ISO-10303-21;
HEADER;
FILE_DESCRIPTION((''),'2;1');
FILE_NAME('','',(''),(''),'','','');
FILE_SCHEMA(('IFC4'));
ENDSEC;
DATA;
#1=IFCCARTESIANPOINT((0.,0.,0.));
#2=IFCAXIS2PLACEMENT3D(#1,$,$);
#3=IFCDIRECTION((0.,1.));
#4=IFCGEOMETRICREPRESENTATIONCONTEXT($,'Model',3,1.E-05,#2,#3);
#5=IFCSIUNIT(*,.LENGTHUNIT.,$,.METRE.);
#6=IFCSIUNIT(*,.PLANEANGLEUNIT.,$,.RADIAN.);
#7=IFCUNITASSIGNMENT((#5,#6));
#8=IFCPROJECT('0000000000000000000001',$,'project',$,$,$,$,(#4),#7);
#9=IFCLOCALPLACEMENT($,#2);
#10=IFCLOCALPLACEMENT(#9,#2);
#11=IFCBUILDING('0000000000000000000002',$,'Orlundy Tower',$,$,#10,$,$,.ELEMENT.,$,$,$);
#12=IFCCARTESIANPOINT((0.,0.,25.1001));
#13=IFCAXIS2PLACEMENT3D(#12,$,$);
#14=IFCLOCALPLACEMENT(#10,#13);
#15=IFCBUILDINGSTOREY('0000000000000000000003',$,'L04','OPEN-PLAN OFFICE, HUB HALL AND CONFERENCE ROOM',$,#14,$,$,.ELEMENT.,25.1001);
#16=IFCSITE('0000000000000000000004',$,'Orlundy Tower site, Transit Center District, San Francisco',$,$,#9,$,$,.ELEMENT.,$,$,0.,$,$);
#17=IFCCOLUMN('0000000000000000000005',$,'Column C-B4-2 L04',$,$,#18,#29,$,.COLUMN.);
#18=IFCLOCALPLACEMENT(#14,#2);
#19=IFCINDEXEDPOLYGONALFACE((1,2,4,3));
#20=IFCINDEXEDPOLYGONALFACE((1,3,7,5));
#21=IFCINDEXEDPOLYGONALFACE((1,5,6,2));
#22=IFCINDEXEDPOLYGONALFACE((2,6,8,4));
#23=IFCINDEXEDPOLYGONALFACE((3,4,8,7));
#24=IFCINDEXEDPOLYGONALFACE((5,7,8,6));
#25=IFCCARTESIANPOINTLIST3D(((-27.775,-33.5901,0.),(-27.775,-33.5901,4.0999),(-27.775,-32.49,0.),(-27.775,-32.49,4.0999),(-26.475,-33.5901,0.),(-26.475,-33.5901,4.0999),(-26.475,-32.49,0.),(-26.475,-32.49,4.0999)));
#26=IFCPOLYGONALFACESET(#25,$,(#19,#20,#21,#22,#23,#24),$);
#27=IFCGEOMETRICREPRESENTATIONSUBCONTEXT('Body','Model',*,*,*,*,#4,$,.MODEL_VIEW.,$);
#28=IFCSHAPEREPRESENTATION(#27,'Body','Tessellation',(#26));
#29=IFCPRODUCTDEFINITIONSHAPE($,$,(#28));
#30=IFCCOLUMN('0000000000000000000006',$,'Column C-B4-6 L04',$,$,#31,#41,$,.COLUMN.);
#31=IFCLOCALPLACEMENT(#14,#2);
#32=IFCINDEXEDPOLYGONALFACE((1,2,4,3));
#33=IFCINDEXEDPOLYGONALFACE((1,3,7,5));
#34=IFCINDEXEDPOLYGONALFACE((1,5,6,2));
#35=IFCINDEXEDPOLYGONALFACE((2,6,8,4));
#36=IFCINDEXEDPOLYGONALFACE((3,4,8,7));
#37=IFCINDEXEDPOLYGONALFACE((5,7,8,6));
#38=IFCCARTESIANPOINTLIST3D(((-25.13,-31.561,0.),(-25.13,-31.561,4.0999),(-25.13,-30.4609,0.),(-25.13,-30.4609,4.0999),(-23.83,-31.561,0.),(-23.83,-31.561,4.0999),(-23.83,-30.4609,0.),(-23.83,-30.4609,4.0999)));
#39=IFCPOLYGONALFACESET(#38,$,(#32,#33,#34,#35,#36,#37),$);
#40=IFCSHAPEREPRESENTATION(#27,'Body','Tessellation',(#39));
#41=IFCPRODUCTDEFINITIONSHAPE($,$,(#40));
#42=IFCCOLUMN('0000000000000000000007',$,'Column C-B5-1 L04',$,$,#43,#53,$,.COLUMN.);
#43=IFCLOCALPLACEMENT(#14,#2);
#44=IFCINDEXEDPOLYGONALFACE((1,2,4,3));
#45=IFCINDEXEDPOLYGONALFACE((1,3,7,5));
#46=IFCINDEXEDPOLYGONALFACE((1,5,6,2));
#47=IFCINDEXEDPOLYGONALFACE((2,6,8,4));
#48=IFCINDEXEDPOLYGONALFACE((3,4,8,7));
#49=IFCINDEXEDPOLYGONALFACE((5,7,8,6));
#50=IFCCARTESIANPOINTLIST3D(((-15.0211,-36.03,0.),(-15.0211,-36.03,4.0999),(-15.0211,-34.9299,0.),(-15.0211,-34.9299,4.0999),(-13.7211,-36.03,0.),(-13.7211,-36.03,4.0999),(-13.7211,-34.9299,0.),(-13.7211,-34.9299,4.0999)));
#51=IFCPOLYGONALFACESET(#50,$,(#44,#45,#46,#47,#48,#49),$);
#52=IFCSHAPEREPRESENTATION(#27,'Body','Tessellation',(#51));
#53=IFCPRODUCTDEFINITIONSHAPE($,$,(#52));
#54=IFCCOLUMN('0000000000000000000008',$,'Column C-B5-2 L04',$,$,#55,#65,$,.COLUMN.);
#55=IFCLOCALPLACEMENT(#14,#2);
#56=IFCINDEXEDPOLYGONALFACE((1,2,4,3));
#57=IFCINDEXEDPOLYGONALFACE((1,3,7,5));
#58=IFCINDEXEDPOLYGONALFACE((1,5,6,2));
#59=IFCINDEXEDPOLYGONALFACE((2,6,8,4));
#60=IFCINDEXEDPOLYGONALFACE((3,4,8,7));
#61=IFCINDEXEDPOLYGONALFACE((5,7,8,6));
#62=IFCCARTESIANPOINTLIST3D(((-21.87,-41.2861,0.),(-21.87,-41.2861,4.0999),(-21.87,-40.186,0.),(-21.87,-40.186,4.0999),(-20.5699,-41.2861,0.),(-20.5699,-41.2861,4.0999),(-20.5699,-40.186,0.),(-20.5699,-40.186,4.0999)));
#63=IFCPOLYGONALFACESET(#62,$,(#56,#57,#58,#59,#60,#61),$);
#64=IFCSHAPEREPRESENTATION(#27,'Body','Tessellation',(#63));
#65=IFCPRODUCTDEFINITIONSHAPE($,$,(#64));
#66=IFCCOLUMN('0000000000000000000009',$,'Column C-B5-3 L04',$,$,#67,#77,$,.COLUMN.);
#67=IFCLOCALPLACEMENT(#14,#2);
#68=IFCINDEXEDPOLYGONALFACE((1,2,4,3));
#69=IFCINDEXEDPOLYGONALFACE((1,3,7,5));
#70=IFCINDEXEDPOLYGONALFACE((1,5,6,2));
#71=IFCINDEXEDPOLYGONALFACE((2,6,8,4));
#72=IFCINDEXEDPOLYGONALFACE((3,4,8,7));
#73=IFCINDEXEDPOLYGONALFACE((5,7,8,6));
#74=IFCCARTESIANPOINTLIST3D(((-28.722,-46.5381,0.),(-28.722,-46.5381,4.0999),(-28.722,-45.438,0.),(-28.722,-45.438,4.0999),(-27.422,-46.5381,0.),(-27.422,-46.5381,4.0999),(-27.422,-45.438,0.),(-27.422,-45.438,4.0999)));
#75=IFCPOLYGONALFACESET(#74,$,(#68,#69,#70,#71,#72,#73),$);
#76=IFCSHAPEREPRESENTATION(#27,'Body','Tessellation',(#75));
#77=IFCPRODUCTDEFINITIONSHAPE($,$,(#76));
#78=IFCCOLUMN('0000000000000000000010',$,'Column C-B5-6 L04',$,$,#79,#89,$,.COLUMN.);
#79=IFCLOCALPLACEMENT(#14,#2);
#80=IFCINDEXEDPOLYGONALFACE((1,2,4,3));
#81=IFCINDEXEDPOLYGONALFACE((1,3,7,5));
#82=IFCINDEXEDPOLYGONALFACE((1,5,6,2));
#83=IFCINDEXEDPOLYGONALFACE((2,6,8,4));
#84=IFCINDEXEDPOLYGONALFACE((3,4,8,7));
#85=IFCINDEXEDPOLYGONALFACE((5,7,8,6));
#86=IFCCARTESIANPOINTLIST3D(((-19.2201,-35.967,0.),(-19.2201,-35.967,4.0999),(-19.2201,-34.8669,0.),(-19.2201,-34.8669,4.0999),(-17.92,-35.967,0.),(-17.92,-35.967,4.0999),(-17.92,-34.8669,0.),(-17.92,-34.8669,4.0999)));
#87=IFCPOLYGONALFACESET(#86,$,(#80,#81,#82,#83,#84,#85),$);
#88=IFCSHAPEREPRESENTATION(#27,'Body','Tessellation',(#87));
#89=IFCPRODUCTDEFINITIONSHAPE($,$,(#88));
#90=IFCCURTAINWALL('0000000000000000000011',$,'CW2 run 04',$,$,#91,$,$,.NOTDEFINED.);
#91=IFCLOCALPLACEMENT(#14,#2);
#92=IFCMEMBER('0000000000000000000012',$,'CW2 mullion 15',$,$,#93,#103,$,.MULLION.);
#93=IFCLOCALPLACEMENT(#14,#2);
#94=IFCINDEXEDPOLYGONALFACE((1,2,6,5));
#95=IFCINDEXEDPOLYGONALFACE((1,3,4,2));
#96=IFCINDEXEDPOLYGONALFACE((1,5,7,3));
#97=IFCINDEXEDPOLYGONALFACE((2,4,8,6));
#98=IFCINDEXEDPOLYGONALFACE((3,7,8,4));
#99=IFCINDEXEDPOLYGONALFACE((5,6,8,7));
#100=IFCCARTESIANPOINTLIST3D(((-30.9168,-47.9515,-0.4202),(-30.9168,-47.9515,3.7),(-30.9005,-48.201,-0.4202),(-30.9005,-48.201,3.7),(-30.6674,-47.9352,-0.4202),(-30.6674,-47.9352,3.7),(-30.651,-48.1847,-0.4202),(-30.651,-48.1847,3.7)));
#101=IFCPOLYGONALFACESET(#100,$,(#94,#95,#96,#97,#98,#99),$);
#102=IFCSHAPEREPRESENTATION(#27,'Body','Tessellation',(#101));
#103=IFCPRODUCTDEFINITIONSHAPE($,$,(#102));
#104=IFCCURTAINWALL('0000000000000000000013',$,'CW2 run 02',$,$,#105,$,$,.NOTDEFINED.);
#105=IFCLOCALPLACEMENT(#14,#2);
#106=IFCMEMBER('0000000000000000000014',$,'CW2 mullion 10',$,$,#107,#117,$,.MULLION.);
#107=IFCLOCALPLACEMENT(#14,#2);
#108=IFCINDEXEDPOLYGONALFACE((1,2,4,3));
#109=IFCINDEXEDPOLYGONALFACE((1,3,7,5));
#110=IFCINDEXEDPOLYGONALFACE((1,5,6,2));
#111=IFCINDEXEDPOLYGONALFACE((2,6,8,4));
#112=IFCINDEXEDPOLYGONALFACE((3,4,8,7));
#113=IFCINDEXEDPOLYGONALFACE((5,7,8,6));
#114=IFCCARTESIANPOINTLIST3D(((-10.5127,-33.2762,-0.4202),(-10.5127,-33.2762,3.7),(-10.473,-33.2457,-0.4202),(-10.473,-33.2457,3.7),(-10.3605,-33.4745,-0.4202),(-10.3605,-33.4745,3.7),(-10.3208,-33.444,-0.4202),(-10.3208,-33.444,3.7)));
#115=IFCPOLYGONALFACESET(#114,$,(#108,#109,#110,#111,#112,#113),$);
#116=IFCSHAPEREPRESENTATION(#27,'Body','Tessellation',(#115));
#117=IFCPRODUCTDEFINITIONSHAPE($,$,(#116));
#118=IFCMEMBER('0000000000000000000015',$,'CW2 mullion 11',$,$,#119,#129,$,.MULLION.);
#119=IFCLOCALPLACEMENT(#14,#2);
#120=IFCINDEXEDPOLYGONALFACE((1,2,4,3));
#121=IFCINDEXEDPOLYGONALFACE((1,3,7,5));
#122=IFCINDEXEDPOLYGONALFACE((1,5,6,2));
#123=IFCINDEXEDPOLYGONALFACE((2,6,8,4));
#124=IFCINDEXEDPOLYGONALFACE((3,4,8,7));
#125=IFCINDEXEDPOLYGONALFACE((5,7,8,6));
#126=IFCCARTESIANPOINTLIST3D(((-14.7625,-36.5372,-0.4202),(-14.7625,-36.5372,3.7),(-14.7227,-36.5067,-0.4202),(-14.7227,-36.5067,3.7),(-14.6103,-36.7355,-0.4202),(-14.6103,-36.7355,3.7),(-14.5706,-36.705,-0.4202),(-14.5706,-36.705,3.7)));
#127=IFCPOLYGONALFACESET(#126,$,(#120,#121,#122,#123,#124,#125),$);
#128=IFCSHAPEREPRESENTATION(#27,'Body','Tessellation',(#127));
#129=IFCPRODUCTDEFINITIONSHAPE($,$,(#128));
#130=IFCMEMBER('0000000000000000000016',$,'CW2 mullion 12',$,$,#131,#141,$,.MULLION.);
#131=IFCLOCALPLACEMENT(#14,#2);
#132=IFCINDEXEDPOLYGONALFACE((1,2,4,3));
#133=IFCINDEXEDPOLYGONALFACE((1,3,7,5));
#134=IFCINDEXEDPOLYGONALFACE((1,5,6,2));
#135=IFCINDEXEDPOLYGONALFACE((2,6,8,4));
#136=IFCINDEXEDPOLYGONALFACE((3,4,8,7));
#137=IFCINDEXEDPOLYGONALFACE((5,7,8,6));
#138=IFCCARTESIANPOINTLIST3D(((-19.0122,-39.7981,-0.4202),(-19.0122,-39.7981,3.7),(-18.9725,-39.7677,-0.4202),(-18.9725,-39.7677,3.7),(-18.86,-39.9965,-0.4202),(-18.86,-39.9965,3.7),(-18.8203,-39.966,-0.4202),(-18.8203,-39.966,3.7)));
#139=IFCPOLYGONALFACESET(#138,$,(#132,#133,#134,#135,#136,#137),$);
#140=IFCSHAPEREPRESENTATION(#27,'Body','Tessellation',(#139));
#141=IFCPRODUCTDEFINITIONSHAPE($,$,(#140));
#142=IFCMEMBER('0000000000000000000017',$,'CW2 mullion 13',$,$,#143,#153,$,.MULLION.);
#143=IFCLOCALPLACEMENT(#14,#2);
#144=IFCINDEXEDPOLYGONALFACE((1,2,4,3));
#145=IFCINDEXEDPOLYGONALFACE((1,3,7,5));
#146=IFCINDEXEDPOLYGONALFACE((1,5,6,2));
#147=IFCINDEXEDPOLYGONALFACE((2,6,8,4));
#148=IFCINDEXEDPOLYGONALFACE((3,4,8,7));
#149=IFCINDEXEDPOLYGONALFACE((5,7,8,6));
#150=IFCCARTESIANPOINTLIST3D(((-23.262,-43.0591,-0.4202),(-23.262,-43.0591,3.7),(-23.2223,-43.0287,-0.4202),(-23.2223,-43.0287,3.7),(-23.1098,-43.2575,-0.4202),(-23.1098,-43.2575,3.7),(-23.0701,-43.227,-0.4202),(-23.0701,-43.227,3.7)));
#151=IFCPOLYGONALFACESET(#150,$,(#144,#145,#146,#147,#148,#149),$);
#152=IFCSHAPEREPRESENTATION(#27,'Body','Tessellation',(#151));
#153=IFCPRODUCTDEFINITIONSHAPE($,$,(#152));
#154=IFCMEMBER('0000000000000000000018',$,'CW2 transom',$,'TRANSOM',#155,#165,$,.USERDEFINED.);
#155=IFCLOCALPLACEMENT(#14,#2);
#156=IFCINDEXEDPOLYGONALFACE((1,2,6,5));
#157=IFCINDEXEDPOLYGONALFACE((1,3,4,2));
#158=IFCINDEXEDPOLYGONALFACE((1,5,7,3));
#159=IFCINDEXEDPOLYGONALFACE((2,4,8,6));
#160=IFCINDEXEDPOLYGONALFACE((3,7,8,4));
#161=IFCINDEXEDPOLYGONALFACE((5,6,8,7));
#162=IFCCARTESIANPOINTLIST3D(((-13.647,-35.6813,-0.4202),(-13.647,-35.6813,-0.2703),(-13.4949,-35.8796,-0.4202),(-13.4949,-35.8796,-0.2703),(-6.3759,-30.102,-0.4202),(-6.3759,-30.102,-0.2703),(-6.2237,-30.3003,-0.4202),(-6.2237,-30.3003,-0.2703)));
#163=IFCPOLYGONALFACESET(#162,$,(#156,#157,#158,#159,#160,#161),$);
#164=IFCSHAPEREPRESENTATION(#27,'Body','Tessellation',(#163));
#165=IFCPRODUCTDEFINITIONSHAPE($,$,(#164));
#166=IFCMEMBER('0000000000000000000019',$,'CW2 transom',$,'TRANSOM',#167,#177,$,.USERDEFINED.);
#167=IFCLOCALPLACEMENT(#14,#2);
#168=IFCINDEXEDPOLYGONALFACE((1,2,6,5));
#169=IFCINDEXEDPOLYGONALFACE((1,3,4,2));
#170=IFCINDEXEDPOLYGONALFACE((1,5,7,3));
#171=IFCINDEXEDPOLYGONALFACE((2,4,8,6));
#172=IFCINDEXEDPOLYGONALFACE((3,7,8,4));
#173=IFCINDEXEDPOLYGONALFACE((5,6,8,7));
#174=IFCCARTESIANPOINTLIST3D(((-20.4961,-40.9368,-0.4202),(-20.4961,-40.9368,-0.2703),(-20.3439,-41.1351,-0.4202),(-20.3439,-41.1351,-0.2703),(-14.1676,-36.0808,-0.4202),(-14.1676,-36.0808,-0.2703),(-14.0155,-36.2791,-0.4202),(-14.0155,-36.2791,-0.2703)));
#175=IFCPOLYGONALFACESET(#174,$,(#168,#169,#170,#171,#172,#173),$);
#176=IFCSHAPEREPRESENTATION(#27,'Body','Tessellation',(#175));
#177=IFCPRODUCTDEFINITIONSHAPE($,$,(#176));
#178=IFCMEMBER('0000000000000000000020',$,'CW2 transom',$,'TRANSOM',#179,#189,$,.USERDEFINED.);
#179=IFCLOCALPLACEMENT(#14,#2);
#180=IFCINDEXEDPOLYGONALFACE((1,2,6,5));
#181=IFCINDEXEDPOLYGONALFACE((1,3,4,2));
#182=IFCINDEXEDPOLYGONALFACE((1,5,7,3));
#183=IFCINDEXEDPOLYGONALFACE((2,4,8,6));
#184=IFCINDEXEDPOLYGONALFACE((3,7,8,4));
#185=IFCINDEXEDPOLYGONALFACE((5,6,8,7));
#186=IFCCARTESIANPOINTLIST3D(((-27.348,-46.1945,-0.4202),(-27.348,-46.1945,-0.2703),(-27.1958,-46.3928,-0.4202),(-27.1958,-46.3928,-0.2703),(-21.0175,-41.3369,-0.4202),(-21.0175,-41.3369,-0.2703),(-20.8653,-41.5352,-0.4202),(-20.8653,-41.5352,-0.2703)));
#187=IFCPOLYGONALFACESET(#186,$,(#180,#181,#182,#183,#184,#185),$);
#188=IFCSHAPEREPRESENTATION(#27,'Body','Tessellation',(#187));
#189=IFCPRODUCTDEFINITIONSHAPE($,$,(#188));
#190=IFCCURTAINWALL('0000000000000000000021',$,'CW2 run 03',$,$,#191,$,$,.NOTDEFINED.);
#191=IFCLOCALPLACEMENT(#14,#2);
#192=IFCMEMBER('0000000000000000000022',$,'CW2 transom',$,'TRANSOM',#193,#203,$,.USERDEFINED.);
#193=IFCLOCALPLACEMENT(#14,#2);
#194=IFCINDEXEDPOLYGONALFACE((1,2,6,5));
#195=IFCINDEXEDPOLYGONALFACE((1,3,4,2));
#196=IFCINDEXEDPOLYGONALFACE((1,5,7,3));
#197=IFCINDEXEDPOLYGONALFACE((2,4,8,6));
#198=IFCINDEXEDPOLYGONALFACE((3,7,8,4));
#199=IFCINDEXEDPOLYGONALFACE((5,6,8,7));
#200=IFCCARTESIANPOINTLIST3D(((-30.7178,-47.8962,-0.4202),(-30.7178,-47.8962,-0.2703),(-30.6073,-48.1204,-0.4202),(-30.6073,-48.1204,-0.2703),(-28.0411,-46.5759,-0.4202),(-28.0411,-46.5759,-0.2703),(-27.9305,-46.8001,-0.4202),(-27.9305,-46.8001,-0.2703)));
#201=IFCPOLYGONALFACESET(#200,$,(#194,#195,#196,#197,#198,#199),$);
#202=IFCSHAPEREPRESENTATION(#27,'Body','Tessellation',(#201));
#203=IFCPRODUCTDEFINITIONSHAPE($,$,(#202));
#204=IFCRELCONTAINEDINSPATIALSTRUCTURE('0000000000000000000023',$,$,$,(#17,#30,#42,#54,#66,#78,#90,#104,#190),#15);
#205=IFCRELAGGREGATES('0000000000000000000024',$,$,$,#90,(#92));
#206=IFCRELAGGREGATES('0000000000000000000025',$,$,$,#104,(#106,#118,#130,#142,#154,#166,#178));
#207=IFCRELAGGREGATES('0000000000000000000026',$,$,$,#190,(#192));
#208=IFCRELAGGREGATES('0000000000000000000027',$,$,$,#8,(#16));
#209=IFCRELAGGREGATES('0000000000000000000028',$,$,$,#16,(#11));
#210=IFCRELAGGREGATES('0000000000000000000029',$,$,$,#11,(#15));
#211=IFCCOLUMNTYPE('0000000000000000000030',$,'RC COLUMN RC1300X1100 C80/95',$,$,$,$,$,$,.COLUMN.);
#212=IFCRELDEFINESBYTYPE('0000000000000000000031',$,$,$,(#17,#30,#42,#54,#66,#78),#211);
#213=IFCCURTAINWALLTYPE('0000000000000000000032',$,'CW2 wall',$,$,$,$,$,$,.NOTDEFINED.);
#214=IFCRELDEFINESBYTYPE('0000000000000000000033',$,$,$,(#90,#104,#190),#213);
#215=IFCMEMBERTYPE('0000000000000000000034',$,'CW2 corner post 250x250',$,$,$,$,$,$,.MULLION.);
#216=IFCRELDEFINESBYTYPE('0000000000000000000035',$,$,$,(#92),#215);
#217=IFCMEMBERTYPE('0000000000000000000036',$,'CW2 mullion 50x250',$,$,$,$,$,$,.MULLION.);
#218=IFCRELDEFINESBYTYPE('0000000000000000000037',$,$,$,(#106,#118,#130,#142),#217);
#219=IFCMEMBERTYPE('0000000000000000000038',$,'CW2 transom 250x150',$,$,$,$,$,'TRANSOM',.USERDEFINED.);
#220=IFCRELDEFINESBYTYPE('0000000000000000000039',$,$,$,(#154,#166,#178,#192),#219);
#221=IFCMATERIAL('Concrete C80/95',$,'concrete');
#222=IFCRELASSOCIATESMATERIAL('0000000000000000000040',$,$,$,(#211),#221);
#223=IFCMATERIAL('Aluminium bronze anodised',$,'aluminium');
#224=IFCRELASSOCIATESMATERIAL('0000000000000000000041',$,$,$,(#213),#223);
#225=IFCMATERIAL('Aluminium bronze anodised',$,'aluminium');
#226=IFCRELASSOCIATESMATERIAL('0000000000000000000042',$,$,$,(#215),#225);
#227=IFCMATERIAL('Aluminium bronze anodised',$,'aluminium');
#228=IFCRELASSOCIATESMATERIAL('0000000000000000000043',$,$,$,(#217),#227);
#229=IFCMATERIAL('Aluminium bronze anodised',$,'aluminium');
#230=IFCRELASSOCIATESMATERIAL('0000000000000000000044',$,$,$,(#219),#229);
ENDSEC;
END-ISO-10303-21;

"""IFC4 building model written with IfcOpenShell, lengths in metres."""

from ifc_helpers import new_model, si_unit, direction, frame, origin, origin_2d, place, context, subcontext, project, spatial, rectangle, extrude, material, material_profile, profile_set, type_object, element, aggregate, save


model = new_model("IFC4")

# Units and contexts
model_context = context("Model", 3, precision=1e-05, world=origin(), true_north=direction((0.0, 1.0)))
body_context = subcontext(model_context, "Body", "Model", "MODEL_VIEW")
ifc_project = project(units=[si_unit("LENGTHUNIT", "METRE"), si_unit("PLANEANGLEUNIT", "RADIAN")], contexts=[model_context])

# Site, building, storey
site_placement = place(None, origin())
site = spatial("IfcSite", under=ifc_project, at=site_placement, Name="Orlundy Tower site, Transit Center District, San Francisco", CompositionType="ELEMENT", RefElevation=0.0)
building_placement = place(site_placement, origin())
building = spatial("IfcBuilding", under=site, at=building_placement, Name="Orlundy Tower", CompositionType="ELEMENT")
storey_placement = place(building_placement, frame((0.0, 0.0, 25.1001)))
storey = spatial("IfcBuildingStorey", under=building, at=storey_placement, Name="L04", Description="OPEN-PLAN OFFICE, HUB HALL AND CONFERENCE ROOM", CompositionType="ELEMENT", Elevation=25.1001)

# Columns
ifc_material_1 = material(Name="Concrete C80/95", Category="concrete")
ifc_material_profile_1 = material_profile(ifc_material_1, rectangle(XDim=1.3, YDim=1.1001, at=origin_2d()), Name="RC1300X1100")
ifc_profile_set_1 = profile_set([ifc_material_profile_1], Name="Concrete C80/95")
column_type = type_object("IfcColumnType", Name="RC COLUMN RC1300X1100 C80/95", PredefinedType="COLUMN", material=ifc_profile_set_1)
for number, where, z_axis, x_axis, name in (
    (1, (-27.125, -33.04, 0.0), (0.0, 0.0, 1.0), (1.0, 0.0, 0.0), "Column C-B4-2 L04"),
    (2, (-24.48, -31.011, 0.0), (0.0, 0.0, 1.0), (1.0, 0.0, 0.0), "Column C-B4-6 L04"),
    (3, (-14.3711, -35.48, 0.0), (0.0, 0.0, 1.0), (1.0, 0.0, 0.0), "Column C-B5-1 L04"),
    (4, (-21.22, -40.7361, 0.0), (0.0, 0.0, 1.0), (1.0, 0.0, 0.0), "Column C-B5-2 L04"),
    (5, (-28.072, -45.988, 0.0), (0.0, 0.0, 1.0), (1.0, 0.0, 0.0), "Column C-B5-3 L04"),
    (6, (-18.5701, -35.417, 0.0), (0.0, 0.0, 1.0), (1.0, 0.0, 0.0), "Column C-B5-6 L04"),
):
    element("IfcColumn", number, at=place(storey_placement, frame(where, z_axis=z_axis, x_axis=x_axis)), inside=storey, type_object=column_type, Name=name, PredefinedType="COLUMN", context=body_context, shape_type="SweptSolid", body=[
        extrude(rectangle(XDim=1.3, YDim=1.1001, at=origin_2d()), origin(), (0.0, 0.0, 1.0), 4.0999),
    ])

# Curtain wall, member
ifc_material_2 = material(Name="Aluminium bronze anodised", Category="aluminium")
curtain_wall_type = type_object("IfcCurtainWallType", Name="CW2 wall", PredefinedType="NOTDEFINED", material=ifc_material_2)
curtain_wall_1_placement = place(storey_placement, origin())
curtain_wall_1 = element("IfcCurtainWall", 7, at=curtain_wall_1_placement, inside=storey, type_object=curtain_wall_type, Name="CW2 run 04", PredefinedType="NOTDEFINED")
ifc_material_3 = material(Name="Aluminium bronze anodised", Category="aluminium")
ifc_material_profile_2 = material_profile(ifc_material_3, rectangle(XDim=0.25, YDim=0.25, at=origin_2d()), Name="CW2 corner post 250x250")
ifc_profile_set_2 = profile_set([ifc_material_profile_2], Name="Aluminium bronze anodised")
member_type_1 = type_object("IfcMemberType", Name="CW2 corner post 250x250", PredefinedType="MULLION", material=ifc_profile_set_2)
member_1_placement = place(storey_placement, frame((-30.7839, -48.0681, -0.4202), z_axis=(0.0, 0.0, 1.0), x_axis=(0.065284, -0.997867, 0.0)))
member_1 = element("IfcMember", 8, at=member_1_placement, type_object=member_type_1, Name="CW2 mullion 15", PredefinedType="MULLION", context=body_context, shape_type="SweptSolid", body=[
    extrude(rectangle(XDim=0.25, YDim=0.25, at=origin_2d()), origin(), (0.0, 0.0, 1.0), 4.1201),
])

# Curtain wall, members
curtain_wall_2_placement = place(storey_placement, origin())
curtain_wall_2 = element("IfcCurtainWall", 9, at=curtain_wall_2_placement, inside=storey, type_object=curtain_wall_type, Name="CW2 run 02", PredefinedType="NOTDEFINED")
ifc_material_4 = material(Name="Aluminium bronze anodised", Category="aluminium")
ifc_material_profile_3 = material_profile(ifc_material_4, rectangle(XDim=0.25, YDim=0.05, at=origin_2d()), Name="CW2 mullion 50x250")
ifc_profile_set_3 = profile_set([ifc_material_profile_3], Name="Aluminium bronze anodised")
member_type_2 = type_object("IfcMemberType", Name="CW2 mullion 50x250", PredefinedType="MULLION", material=ifc_profile_set_3)
member_2_placement = place(storey_placement, frame((-10.4167, -33.3601, -0.4202), z_axis=(0.0, 0.0, 1.0), x_axis=(0.608763, -0.793352, 0.0)))
member_2 = element("IfcMember", 10, at=member_2_placement, type_object=member_type_2, Name="CW2 mullion 10", PredefinedType="MULLION", context=body_context, shape_type="SweptSolid", body=[
    extrude(rectangle(XDim=0.25, YDim=0.05, at=origin_2d()), origin(), (0.0, 0.0, 1.0), 4.1201),
])
member_3_placement = place(storey_placement, frame((-14.6665, -36.6211, -0.4202), z_axis=(0.0, 0.0, 1.0), x_axis=(0.608763, -0.793352, 0.0)))
member_3 = element("IfcMember", 11, at=member_3_placement, type_object=member_type_2, Name="CW2 mullion 11", PredefinedType="MULLION", context=body_context, shape_type="SweptSolid", body=[
    extrude(rectangle(XDim=0.25, YDim=0.05, at=origin_2d()), origin(), (0.0, 0.0, 1.0), 4.1201),
])
member_4_placement = place(storey_placement, frame((-18.9163, -39.8821, -0.4202), z_axis=(0.0, 0.0, 1.0), x_axis=(0.608763, -0.793352, 0.0)))
member_4 = element("IfcMember", 12, at=member_4_placement, type_object=member_type_2, Name="CW2 mullion 12", PredefinedType="MULLION", context=body_context, shape_type="SweptSolid", body=[
    extrude(rectangle(XDim=0.25, YDim=0.05, at=origin_2d()), origin(), (0.0, 0.0, 1.0), 4.1201),
])
member_5_placement = place(storey_placement, frame((-23.166, -43.1431, -0.4202), z_axis=(0.0, 0.0, 1.0), x_axis=(0.608763, -0.793352, 0.0)))
member_5 = element("IfcMember", 13, at=member_5_placement, type_object=member_type_2, Name="CW2 mullion 13", PredefinedType="MULLION", context=body_context, shape_type="SweptSolid", body=[
    extrude(rectangle(XDim=0.25, YDim=0.05, at=origin_2d()), origin(), (0.0, 0.0, 1.0), 4.1201),
])
ifc_material_5 = material(Name="Aluminium bronze anodised", Category="aluminium")
ifc_material_profile_4 = material_profile(ifc_material_5, rectangle(XDim=0.25, YDim=0.1499, at=origin_2d()), Name="CW2 transom 250x150")
ifc_profile_set_4 = profile_set([ifc_material_profile_4], Name="Aluminium bronze anodised")
member_type_3 = type_object("IfcMemberType", Name="CW2 transom 250x150", ElementType="TRANSOM", PredefinedType="USERDEFINED", material=ifc_profile_set_4)
member_6_placement = place(storey_placement, frame((-6.2998, -30.2012, -0.3452), z_axis=(-0.793357, -0.608756, 0.0), x_axis=(0.608756, -0.793357, 0.0)))
member_6 = element("IfcMember", 14, at=member_6_placement, type_object=member_type_3, Name="CW2 transom", ObjectType="TRANSOM", PredefinedType="USERDEFINED", context=body_context, shape_type="SweptSolid", body=[
    extrude(rectangle(XDim=0.25, YDim=0.1499, at=origin_2d()), origin(), (0.0, 0.0, 1.0), 9.165),
])
member_7_placement = place(storey_placement, frame((-14.0916, -36.1799, -0.3452), z_axis=(-0.793352, -0.608764, 0.0), x_axis=(0.608764, -0.793352, 0.0)))
member_7 = element("IfcMember", 15, at=member_7_placement, type_object=member_type_3, Name="CW2 transom", ObjectType="TRANSOM", PredefinedType="USERDEFINED", context=body_context, shape_type="SweptSolid", body=[
    extrude(rectangle(XDim=0.25, YDim=0.1499, at=origin_2d()), origin(), (0.0, 0.0, 1.0), 7.9768),
])
member_8_placement = place(storey_placement, frame((-20.9414, -41.436, -0.3452), z_axis=(-0.79335, -0.608765, 0.0), x_axis=(0.608765, -0.79335, 0.0)))
member_8 = element("IfcMember", 16, at=member_8_placement, type_object=member_type_3, Name="CW2 transom", ObjectType="TRANSOM", PredefinedType="USERDEFINED", context=body_context, shape_type="SweptSolid", body=[
    extrude(rectangle(XDim=0.25, YDim=0.1499, at=origin_2d()), origin(), (0.0, 0.0, 1.0), 7.9795),
])

# Curtain wall, member
curtain_wall_3_placement = place(storey_placement, origin())
curtain_wall_3 = element("IfcCurtainWall", 17, at=curtain_wall_3_placement, inside=storey, type_object=curtain_wall_type, Name="CW2 run 03", PredefinedType="NOTDEFINED")
member_9_placement = place(storey_placement, frame((-27.9858, -46.688, -0.3452), z_axis=(-0.896835, -0.442365, 0.0), x_axis=(0.442365, -0.896835, 0.0)))
member_9 = element("IfcMember", 18, at=member_9_placement, type_object=member_type_3, Name="CW2 transom", ObjectType="TRANSOM", PredefinedType="USERDEFINED", context=body_context, shape_type="SweptSolid", body=[
    extrude(rectangle(XDim=0.25, YDim=0.1499, at=origin_2d()), origin(), (0.0, 0.0, 1.0), 2.9846),
])

aggregate(curtain_wall_1, [member_1])

aggregate(curtain_wall_2, [member_2, member_3, member_4, member_5, member_6, member_7, member_8])
aggregate(curtain_wall_3, [member_9])

save(model, "model.ifc")
